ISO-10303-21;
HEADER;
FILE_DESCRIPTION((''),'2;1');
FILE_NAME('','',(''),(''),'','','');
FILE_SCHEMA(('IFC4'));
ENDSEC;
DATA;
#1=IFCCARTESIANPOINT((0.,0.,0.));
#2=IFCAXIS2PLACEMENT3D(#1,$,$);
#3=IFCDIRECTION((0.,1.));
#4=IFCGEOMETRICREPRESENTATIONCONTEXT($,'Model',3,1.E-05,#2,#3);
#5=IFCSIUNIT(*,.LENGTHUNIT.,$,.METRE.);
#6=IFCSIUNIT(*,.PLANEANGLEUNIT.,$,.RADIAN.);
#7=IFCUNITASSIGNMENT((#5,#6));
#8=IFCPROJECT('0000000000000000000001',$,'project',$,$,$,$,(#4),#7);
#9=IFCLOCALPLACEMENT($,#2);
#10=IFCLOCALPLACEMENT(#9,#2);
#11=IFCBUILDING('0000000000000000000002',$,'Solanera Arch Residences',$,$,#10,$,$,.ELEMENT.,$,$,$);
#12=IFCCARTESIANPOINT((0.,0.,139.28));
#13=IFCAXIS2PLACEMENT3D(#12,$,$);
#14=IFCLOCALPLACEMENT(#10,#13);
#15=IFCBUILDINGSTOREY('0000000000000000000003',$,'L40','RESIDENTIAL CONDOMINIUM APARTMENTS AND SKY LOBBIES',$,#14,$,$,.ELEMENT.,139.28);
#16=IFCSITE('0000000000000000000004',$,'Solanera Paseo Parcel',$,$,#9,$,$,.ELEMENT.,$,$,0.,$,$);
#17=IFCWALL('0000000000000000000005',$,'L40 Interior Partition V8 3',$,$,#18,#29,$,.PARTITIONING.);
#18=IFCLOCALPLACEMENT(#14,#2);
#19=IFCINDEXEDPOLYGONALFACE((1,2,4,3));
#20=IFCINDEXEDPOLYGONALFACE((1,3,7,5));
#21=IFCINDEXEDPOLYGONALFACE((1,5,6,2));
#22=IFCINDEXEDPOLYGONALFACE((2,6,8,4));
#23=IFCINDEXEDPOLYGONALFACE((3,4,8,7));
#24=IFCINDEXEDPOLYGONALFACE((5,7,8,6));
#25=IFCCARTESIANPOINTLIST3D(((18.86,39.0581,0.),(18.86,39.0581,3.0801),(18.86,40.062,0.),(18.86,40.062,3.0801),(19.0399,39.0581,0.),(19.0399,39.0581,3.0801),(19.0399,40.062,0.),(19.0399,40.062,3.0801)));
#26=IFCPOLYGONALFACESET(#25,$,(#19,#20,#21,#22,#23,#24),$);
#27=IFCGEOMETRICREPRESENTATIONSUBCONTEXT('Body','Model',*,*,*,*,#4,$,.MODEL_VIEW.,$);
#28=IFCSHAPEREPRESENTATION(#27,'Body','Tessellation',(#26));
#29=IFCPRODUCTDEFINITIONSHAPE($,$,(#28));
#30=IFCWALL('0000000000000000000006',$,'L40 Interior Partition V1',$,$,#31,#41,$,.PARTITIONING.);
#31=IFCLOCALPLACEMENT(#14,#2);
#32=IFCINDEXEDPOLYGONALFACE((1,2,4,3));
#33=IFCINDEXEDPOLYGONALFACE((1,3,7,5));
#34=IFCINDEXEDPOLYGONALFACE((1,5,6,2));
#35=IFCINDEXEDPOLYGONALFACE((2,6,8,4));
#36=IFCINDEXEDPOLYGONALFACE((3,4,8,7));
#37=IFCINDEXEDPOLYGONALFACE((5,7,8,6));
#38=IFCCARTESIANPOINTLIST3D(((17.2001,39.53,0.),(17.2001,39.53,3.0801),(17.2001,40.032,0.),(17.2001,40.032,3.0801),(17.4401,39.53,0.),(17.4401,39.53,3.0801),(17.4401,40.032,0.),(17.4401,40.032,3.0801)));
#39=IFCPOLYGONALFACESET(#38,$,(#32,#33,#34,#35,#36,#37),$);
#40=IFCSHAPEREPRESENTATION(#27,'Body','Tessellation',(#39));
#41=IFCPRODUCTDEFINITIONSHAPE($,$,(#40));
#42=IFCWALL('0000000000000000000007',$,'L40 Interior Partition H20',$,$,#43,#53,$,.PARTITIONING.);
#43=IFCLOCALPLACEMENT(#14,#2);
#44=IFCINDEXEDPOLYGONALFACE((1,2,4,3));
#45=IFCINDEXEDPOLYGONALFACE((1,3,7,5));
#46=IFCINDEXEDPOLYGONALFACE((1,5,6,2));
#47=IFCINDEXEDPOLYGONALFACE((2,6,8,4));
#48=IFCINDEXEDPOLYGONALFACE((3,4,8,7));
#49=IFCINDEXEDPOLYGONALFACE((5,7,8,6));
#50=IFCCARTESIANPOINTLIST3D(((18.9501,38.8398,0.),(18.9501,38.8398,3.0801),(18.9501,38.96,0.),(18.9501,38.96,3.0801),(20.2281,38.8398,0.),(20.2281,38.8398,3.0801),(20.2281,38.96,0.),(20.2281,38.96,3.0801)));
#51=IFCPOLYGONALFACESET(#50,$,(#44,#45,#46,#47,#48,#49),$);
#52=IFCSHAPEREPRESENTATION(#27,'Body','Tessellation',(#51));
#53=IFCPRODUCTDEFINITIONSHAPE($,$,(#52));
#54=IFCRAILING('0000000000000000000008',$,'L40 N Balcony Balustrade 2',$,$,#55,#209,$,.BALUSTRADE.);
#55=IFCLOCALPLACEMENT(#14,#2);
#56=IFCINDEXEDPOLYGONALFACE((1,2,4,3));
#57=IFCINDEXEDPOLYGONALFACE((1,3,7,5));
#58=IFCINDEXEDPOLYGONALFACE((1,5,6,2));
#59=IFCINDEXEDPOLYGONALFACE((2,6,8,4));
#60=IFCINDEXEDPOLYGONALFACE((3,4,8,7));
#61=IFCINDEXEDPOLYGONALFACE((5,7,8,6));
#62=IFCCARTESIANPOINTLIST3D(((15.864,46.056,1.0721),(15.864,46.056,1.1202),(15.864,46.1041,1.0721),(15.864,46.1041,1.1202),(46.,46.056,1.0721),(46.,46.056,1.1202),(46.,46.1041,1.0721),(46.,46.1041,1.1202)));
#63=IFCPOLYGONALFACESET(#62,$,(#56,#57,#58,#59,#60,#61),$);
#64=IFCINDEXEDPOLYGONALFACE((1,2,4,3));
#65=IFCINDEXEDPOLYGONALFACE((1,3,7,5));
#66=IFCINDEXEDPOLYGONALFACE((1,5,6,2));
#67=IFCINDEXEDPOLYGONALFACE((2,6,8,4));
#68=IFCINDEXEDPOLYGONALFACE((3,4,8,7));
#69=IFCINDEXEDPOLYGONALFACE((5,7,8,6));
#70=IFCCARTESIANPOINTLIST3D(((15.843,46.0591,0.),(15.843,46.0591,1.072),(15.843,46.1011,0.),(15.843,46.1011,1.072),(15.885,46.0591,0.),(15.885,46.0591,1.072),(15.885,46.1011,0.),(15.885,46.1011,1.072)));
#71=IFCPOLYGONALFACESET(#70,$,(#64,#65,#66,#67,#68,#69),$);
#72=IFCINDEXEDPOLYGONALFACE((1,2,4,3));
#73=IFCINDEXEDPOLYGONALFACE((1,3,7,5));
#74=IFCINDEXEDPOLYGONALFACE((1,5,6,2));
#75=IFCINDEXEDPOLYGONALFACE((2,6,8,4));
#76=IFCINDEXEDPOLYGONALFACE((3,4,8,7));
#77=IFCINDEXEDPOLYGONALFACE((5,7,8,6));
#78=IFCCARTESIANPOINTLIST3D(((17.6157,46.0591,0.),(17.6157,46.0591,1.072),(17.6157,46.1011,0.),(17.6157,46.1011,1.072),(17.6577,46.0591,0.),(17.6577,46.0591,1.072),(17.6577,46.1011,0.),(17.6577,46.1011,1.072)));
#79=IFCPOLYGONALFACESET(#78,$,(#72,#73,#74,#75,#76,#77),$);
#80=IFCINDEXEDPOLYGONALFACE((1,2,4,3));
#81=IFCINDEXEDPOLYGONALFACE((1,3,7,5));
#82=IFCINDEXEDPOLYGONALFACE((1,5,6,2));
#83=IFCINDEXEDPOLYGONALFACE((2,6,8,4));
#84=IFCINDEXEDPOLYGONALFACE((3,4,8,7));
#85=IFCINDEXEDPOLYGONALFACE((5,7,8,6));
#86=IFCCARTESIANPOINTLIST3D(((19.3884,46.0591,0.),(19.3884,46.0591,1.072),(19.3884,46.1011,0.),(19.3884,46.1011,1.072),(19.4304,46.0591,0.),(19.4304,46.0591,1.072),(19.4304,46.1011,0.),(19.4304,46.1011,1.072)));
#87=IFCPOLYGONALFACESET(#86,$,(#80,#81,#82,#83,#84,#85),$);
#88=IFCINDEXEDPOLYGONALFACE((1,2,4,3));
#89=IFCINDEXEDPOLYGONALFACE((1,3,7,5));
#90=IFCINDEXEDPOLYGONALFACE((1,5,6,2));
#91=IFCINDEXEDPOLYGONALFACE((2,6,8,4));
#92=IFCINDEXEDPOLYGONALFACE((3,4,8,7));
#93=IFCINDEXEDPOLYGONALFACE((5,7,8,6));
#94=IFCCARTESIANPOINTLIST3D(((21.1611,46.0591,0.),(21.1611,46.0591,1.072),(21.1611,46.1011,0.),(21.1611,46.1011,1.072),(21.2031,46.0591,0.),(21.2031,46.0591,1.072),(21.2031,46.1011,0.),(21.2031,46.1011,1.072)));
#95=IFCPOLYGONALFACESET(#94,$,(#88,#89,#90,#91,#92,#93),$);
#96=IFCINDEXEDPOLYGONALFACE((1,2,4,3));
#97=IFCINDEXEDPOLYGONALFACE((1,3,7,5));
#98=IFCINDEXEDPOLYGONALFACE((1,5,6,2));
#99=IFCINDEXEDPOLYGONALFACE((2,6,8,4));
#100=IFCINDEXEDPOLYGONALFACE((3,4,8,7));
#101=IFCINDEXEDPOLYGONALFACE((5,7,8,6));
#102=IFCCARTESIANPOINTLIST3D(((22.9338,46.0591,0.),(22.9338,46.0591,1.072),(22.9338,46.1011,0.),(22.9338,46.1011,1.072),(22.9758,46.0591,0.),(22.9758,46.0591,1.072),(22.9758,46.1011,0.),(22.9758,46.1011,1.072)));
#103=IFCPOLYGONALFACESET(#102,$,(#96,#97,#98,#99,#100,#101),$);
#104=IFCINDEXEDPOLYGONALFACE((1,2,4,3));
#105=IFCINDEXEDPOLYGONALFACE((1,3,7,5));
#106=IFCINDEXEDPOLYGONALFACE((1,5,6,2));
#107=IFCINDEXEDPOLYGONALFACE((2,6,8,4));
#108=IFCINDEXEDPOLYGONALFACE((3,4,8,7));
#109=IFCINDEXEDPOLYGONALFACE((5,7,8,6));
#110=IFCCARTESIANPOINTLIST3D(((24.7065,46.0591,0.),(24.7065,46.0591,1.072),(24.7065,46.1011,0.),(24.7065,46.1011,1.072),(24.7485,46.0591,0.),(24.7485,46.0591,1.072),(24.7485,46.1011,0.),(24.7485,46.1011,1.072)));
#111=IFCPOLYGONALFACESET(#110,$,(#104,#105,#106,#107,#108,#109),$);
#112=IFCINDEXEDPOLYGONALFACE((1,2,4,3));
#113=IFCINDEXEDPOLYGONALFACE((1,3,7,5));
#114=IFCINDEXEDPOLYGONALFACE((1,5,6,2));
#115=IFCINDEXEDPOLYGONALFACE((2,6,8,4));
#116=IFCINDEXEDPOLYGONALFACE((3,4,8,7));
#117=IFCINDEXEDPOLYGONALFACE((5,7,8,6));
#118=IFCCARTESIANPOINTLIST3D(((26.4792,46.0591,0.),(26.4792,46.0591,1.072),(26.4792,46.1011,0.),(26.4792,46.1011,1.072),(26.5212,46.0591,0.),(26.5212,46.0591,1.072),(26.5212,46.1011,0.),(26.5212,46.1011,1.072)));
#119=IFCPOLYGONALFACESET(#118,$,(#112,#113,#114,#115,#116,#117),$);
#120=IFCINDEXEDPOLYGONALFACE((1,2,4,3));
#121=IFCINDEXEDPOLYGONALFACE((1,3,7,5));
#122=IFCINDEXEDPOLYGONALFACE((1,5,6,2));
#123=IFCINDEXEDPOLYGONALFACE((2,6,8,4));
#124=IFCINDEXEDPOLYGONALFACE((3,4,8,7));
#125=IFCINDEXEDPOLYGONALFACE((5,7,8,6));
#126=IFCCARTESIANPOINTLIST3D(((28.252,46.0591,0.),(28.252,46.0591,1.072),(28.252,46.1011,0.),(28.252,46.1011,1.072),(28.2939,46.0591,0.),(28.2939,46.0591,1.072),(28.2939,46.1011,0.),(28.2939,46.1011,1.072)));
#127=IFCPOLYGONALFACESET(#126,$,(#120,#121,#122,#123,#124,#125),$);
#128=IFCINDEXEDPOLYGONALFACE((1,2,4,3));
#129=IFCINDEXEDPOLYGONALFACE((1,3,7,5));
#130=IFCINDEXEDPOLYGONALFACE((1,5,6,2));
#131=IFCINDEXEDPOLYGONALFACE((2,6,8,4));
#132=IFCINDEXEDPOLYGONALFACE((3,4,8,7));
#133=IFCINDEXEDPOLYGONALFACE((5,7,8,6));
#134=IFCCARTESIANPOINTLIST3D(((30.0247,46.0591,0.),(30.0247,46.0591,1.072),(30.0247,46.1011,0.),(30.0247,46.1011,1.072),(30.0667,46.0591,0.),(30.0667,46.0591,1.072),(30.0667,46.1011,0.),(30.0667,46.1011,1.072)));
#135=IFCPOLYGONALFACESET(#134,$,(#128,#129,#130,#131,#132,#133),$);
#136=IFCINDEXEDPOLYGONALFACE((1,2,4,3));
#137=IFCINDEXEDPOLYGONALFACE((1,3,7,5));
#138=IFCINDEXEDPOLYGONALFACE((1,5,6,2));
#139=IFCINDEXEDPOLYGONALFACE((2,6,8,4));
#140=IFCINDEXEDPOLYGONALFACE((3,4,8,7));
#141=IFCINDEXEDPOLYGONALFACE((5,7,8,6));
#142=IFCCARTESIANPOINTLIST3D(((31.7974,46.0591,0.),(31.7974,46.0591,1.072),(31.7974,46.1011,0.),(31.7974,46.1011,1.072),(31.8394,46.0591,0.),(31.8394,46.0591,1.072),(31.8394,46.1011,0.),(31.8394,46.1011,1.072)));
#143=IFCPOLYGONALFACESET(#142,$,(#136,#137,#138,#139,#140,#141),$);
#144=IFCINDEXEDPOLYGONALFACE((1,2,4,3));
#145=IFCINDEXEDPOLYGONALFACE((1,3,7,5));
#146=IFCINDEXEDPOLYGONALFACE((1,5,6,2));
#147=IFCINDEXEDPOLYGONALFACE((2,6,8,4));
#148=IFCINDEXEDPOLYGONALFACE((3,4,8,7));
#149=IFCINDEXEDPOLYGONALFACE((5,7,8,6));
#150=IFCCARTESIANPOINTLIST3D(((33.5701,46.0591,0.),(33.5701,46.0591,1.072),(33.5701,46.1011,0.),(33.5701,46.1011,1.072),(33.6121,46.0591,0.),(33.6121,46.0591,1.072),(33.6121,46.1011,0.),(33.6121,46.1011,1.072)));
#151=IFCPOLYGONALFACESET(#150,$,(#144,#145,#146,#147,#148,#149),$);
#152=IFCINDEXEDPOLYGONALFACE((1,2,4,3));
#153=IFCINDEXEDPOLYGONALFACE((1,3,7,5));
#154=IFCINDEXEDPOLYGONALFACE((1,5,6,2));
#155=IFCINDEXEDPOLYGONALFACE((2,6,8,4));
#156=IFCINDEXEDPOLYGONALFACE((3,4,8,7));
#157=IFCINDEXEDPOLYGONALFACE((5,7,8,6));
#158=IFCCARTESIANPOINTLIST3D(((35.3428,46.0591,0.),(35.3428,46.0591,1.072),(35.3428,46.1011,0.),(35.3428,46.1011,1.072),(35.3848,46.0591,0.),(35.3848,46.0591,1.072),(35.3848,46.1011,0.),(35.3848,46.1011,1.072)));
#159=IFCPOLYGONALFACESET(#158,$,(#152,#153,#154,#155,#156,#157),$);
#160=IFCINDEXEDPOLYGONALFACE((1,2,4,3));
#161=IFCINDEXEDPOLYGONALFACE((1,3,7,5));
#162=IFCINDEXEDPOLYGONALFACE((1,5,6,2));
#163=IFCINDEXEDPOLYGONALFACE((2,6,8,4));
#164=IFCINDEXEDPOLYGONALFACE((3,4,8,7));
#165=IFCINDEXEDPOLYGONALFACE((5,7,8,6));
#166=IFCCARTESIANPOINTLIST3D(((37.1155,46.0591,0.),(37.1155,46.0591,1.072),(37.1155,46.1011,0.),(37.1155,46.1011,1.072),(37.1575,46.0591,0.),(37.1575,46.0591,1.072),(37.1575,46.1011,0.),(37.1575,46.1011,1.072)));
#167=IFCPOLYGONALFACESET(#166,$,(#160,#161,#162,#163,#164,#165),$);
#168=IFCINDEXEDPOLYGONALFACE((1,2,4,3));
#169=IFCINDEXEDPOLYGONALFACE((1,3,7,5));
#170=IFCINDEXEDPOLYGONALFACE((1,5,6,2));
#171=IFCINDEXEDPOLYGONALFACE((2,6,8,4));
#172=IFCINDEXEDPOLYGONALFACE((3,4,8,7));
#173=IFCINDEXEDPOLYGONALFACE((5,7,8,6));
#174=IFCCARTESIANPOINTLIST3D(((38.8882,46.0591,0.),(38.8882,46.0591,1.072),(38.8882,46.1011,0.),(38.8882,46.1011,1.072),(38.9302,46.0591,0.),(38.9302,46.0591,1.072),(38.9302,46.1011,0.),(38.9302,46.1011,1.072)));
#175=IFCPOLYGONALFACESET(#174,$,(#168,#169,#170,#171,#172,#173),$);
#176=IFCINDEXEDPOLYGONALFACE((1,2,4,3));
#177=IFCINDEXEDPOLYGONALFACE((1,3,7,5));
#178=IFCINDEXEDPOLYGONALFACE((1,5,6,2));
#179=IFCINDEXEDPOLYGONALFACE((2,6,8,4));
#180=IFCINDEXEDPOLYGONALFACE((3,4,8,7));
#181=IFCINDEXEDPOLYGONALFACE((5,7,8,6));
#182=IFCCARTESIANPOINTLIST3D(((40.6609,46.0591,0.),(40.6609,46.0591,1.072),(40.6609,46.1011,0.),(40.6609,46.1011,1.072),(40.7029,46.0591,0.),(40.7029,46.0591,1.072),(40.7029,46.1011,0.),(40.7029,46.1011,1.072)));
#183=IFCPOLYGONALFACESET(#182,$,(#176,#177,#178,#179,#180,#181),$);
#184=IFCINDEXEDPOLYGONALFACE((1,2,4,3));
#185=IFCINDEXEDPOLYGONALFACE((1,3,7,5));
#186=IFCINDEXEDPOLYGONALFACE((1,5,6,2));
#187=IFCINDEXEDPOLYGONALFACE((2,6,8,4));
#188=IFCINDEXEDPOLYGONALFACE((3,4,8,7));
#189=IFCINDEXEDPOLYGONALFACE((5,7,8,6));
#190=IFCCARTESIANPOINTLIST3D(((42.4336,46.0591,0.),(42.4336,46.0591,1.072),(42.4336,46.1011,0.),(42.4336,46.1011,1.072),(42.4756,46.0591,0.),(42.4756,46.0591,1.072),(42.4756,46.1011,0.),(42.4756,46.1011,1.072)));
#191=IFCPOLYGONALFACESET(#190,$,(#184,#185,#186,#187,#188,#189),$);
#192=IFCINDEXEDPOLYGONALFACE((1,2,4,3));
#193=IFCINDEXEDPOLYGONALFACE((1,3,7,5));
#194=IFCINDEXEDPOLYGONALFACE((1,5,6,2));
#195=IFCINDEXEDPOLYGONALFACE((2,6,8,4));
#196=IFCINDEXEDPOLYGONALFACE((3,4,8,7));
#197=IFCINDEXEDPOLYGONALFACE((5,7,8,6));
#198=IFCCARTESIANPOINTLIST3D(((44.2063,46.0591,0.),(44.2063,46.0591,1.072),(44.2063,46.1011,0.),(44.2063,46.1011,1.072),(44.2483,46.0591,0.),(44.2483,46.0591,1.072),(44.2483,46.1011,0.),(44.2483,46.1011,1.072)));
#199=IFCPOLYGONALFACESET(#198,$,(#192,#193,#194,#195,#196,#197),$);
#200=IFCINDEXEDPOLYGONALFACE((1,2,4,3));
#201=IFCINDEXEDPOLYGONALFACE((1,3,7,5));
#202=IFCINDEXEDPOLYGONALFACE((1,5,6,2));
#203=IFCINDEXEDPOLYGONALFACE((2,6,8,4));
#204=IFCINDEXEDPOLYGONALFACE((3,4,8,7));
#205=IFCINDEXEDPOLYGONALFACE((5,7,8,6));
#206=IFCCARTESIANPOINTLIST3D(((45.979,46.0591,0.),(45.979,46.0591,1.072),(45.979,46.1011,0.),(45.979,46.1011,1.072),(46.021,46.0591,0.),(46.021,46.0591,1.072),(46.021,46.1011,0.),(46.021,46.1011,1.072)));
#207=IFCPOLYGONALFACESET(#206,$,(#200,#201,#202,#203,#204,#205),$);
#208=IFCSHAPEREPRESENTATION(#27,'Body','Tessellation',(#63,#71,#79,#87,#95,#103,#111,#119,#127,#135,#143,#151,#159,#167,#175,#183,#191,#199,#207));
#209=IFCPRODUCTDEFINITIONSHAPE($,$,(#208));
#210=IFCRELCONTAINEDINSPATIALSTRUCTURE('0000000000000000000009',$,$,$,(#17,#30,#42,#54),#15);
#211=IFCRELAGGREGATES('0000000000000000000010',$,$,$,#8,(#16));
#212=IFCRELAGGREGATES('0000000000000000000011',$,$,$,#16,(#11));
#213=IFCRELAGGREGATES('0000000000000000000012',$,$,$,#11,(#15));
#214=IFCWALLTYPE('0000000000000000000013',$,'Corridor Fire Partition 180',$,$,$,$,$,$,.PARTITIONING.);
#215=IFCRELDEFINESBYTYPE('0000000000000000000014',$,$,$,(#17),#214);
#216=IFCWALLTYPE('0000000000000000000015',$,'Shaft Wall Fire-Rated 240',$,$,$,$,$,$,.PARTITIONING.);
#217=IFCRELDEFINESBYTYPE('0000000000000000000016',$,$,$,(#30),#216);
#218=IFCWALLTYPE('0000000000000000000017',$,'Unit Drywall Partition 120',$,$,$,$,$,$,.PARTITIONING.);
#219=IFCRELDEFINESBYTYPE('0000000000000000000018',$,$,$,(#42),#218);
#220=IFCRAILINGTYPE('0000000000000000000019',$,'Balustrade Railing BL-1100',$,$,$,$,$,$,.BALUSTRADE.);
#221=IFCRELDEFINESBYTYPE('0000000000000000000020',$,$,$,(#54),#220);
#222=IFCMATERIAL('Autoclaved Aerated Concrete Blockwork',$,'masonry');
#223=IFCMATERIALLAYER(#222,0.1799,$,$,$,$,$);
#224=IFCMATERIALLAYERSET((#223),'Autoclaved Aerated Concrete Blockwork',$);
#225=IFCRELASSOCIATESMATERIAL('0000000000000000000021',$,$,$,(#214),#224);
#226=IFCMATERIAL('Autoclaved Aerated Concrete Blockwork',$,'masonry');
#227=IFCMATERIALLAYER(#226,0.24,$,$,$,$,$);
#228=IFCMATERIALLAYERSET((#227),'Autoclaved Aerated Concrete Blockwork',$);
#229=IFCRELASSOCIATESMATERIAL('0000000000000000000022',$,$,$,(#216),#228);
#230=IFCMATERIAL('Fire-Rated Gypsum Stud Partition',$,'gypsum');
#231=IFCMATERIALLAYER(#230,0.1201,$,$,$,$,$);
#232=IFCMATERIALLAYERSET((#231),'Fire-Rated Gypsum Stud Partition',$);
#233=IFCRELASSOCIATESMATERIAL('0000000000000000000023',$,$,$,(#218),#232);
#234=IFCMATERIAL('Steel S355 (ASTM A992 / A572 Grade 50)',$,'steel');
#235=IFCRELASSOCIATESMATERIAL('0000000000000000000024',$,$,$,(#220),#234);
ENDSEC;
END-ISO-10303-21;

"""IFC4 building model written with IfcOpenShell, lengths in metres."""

from ifc_helpers import new_model, si_unit, direction, frame, frame_2d, origin, origin_2d, place, context, subcontext, project, spatial, rectangle, extrude, material, layer, layer_set, type_object, element, save


model = new_model("IFC4")

# Units and contexts
model_context = context("Model", 3, precision=1e-05, world=origin(), true_north=direction((0.0, 1.0)))
body_context = subcontext(model_context, "Body", "Model", "MODEL_VIEW")
ifc_project = project(units=[si_unit("LENGTHUNIT", "METRE"), si_unit("PLANEANGLEUNIT", "RADIAN")], contexts=[model_context])

# Site, building, storey
site_placement = place(None, origin())
site = spatial("IfcSite", under=ifc_project, at=site_placement, Name="Solanera Paseo Parcel", CompositionType="ELEMENT", RefElevation=0.0)
building_placement = place(site_placement, origin())
building = spatial("IfcBuilding", under=site, at=building_placement, Name="Solanera Arch Residences", CompositionType="ELEMENT")
storey_placement = place(building_placement, frame((0.0, 0.0, 139.28)))
storey = spatial("IfcBuildingStorey", under=building, at=storey_placement, Name="L40", Description="RESIDENTIAL CONDOMINIUM APARTMENTS AND SKY LOBBIES", CompositionType="ELEMENT", Elevation=139.28)

# Walls
ifc_material_1 = material(Name="Autoclaved Aerated Concrete Blockwork", Category="masonry")
ifc_layer_1 = layer(ifc_material_1, 0.1799)
ifc_layer_set_1 = layer_set([ifc_layer_1], Name="Autoclaved Aerated Concrete Blockwork")
wall_type_1 = type_object("IfcWallType", Name="Corridor Fire Partition 180", PredefinedType="PARTITIONING", material=ifc_layer_set_1)
wall_1_placement = place(storey_placement, frame((18.95, 39.0581, 0.0), z_axis=(0.0, 0.0, 1.0), x_axis=(0.0, 1.0, 0.0)))
element("IfcWall", 1, at=wall_1_placement, inside=storey, type_object=wall_type_1, Name="L40 Interior Partition V8 3", PredefinedType="PARTITIONING", context=body_context, shape_type="SweptSolid", body=[
    extrude(rectangle(XDim=1.0039, YDim=0.1799, at=frame_2d((0.502, 0.0))), origin(), (0.0, 0.0, 1.0), 3.0801),
])
ifc_material_2 = material(Name="Autoclaved Aerated Concrete Blockwork", Category="masonry")
ifc_layer_2 = layer(ifc_material_2, 0.24)
ifc_layer_set_2 = layer_set([ifc_layer_2], Name="Autoclaved Aerated Concrete Blockwork")
wall_type_2 = type_object("IfcWallType", Name="Shaft Wall Fire-Rated 240", PredefinedType="PARTITIONING", material=ifc_layer_set_2)
wall_2_placement = place(storey_placement, frame((17.3201, 39.53, 0.0), z_axis=(0.0, 0.0, 1.0), x_axis=(0.0, 1.0, 0.0)))
element("IfcWall", 2, at=wall_2_placement, inside=storey, type_object=wall_type_2, Name="L40 Interior Partition V1", PredefinedType="PARTITIONING", context=body_context, shape_type="SweptSolid", body=[
    extrude(rectangle(XDim=0.502, YDim=0.24, at=frame_2d((0.251, 0.0))), origin(), (0.0, 0.0, 1.0), 3.0801),
])
ifc_material_3 = material(Name="Fire-Rated Gypsum Stud Partition", Category="gypsum")
ifc_layer_3 = layer(ifc_material_3, 0.1201)
ifc_layer_set_3 = layer_set([ifc_layer_3], Name="Fire-Rated Gypsum Stud Partition")
wall_type_3 = type_object("IfcWallType", Name="Unit Drywall Partition 120", PredefinedType="PARTITIONING", material=ifc_layer_set_3)
wall_3_placement = place(storey_placement, frame((18.95, 38.8999, 0.0), z_axis=(0.0, 0.0, 1.0), x_axis=(1.0, 0.0, 0.0)))
element("IfcWall", 3, at=wall_3_placement, inside=storey, type_object=wall_type_3, Name="L40 Interior Partition H20", PredefinedType="PARTITIONING", context=body_context, shape_type="SweptSolid", body=[
    extrude(rectangle(XDim=1.2781, YDim=0.1201, at=frame_2d((0.6392, 0.0))), origin(), (0.0, 0.0, 1.0), 3.0801),
])

# Railing
ifc_material_4 = material(Name="Steel S355 (ASTM A992 / A572 Grade 50)", Category="steel")
railing_type = type_object("IfcRailingType", Name="Balustrade Railing BL-1100", PredefinedType="BALUSTRADE", material=ifc_material_4)
railing_placement = place(storey_placement, frame((15.864, 46.0801, 0.0)))
element("IfcRailing", 4, at=railing_placement, inside=storey, type_object=railing_type, Name="L40 N Balcony Balustrade 2", PredefinedType="BALUSTRADE", context=body_context, shape_type="SweptSolid", body=[
    extrude(rectangle(XDim=0.0481, YDim=0.0481, at=origin_2d()), frame((0.0, 0.0, 1.0962), z_axis=(1.0, 0.0, 0.0), x_axis=(0.0, 1.0, 0.0)), (0.0, 0.0, 1.0), 30.136),
    extrude(rectangle(XDim=0.042, YDim=0.042, at=origin_2d()), origin(), (0.0, 0.0, 1.0), 1.072),
    extrude(rectangle(XDim=0.042, YDim=0.042, at=origin_2d()), frame((1.7727, 0.0, 0.0)), (0.0, 0.0, 1.0), 1.072),
    extrude(rectangle(XDim=0.042, YDim=0.042, at=origin_2d()), frame((3.5454, 0.0, 0.0)), (0.0, 0.0, 1.0), 1.072),
    extrude(rectangle(XDim=0.042, YDim=0.042, at=origin_2d()), frame((5.3181, 0.0, 0.0)), (0.0, 0.0, 1.0), 1.072),
    extrude(rectangle(XDim=0.042, YDim=0.042, at=origin_2d()), frame((7.0908, 0.0, 0.0)), (0.0, 0.0, 1.0), 1.072),
    extrude(rectangle(XDim=0.042, YDim=0.042, at=origin_2d()), frame((8.8635, 0.0, 0.0)), (0.0, 0.0, 1.0), 1.072),
    extrude(rectangle(XDim=0.042, YDim=0.042, at=origin_2d()), frame((10.6362, 0.0, 0.0)), (0.0, 0.0, 1.0), 1.072),
    extrude(rectangle(XDim=0.042, YDim=0.042, at=origin_2d()), frame((12.4089, 0.0, 0.0)), (0.0, 0.0, 1.0), 1.072),
    extrude(rectangle(XDim=0.042, YDim=0.042, at=origin_2d()), frame((14.1816, 0.0, 0.0)), (0.0, 0.0, 1.0), 1.072),
    extrude(rectangle(XDim=0.042, YDim=0.042, at=origin_2d()), frame((15.9543, 0.0, 0.0)), (0.0, 0.0, 1.0), 1.072),
    extrude(rectangle(XDim=0.042, YDim=0.042, at=origin_2d()), frame((17.7271, 0.0, 0.0)), (0.0, 0.0, 1.0), 1.072),
    extrude(rectangle(XDim=0.042, YDim=0.042, at=origin_2d()), frame((19.4998, 0.0, 0.0)), (0.0, 0.0, 1.0), 1.072),
    extrude(rectangle(XDim=0.042, YDim=0.042, at=origin_2d()), frame((21.2725, 0.0, 0.0)), (0.0, 0.0, 1.0), 1.072),
    extrude(rectangle(XDim=0.042, YDim=0.042, at=origin_2d()), frame((23.0452, 0.0, 0.0)), (0.0, 0.0, 1.0), 1.072),
    extrude(rectangle(XDim=0.042, YDim=0.042, at=origin_2d()), frame((24.8179, 0.0, 0.0)), (0.0, 0.0, 1.0), 1.072),
    extrude(rectangle(XDim=0.042, YDim=0.042, at=origin_2d()), frame((26.5906, 0.0, 0.0)), (0.0, 0.0, 1.0), 1.072),
    extrude(rectangle(XDim=0.042, YDim=0.042, at=origin_2d()), frame((28.3633, 0.0, 0.0)), (0.0, 0.0, 1.0), 1.072),
    extrude(rectangle(XDim=0.042, YDim=0.042, at=origin_2d()), frame((30.136, 0.0, 0.0)), (0.0, 0.0, 1.0), 1.072),
])

save(model, "model.ifc")
